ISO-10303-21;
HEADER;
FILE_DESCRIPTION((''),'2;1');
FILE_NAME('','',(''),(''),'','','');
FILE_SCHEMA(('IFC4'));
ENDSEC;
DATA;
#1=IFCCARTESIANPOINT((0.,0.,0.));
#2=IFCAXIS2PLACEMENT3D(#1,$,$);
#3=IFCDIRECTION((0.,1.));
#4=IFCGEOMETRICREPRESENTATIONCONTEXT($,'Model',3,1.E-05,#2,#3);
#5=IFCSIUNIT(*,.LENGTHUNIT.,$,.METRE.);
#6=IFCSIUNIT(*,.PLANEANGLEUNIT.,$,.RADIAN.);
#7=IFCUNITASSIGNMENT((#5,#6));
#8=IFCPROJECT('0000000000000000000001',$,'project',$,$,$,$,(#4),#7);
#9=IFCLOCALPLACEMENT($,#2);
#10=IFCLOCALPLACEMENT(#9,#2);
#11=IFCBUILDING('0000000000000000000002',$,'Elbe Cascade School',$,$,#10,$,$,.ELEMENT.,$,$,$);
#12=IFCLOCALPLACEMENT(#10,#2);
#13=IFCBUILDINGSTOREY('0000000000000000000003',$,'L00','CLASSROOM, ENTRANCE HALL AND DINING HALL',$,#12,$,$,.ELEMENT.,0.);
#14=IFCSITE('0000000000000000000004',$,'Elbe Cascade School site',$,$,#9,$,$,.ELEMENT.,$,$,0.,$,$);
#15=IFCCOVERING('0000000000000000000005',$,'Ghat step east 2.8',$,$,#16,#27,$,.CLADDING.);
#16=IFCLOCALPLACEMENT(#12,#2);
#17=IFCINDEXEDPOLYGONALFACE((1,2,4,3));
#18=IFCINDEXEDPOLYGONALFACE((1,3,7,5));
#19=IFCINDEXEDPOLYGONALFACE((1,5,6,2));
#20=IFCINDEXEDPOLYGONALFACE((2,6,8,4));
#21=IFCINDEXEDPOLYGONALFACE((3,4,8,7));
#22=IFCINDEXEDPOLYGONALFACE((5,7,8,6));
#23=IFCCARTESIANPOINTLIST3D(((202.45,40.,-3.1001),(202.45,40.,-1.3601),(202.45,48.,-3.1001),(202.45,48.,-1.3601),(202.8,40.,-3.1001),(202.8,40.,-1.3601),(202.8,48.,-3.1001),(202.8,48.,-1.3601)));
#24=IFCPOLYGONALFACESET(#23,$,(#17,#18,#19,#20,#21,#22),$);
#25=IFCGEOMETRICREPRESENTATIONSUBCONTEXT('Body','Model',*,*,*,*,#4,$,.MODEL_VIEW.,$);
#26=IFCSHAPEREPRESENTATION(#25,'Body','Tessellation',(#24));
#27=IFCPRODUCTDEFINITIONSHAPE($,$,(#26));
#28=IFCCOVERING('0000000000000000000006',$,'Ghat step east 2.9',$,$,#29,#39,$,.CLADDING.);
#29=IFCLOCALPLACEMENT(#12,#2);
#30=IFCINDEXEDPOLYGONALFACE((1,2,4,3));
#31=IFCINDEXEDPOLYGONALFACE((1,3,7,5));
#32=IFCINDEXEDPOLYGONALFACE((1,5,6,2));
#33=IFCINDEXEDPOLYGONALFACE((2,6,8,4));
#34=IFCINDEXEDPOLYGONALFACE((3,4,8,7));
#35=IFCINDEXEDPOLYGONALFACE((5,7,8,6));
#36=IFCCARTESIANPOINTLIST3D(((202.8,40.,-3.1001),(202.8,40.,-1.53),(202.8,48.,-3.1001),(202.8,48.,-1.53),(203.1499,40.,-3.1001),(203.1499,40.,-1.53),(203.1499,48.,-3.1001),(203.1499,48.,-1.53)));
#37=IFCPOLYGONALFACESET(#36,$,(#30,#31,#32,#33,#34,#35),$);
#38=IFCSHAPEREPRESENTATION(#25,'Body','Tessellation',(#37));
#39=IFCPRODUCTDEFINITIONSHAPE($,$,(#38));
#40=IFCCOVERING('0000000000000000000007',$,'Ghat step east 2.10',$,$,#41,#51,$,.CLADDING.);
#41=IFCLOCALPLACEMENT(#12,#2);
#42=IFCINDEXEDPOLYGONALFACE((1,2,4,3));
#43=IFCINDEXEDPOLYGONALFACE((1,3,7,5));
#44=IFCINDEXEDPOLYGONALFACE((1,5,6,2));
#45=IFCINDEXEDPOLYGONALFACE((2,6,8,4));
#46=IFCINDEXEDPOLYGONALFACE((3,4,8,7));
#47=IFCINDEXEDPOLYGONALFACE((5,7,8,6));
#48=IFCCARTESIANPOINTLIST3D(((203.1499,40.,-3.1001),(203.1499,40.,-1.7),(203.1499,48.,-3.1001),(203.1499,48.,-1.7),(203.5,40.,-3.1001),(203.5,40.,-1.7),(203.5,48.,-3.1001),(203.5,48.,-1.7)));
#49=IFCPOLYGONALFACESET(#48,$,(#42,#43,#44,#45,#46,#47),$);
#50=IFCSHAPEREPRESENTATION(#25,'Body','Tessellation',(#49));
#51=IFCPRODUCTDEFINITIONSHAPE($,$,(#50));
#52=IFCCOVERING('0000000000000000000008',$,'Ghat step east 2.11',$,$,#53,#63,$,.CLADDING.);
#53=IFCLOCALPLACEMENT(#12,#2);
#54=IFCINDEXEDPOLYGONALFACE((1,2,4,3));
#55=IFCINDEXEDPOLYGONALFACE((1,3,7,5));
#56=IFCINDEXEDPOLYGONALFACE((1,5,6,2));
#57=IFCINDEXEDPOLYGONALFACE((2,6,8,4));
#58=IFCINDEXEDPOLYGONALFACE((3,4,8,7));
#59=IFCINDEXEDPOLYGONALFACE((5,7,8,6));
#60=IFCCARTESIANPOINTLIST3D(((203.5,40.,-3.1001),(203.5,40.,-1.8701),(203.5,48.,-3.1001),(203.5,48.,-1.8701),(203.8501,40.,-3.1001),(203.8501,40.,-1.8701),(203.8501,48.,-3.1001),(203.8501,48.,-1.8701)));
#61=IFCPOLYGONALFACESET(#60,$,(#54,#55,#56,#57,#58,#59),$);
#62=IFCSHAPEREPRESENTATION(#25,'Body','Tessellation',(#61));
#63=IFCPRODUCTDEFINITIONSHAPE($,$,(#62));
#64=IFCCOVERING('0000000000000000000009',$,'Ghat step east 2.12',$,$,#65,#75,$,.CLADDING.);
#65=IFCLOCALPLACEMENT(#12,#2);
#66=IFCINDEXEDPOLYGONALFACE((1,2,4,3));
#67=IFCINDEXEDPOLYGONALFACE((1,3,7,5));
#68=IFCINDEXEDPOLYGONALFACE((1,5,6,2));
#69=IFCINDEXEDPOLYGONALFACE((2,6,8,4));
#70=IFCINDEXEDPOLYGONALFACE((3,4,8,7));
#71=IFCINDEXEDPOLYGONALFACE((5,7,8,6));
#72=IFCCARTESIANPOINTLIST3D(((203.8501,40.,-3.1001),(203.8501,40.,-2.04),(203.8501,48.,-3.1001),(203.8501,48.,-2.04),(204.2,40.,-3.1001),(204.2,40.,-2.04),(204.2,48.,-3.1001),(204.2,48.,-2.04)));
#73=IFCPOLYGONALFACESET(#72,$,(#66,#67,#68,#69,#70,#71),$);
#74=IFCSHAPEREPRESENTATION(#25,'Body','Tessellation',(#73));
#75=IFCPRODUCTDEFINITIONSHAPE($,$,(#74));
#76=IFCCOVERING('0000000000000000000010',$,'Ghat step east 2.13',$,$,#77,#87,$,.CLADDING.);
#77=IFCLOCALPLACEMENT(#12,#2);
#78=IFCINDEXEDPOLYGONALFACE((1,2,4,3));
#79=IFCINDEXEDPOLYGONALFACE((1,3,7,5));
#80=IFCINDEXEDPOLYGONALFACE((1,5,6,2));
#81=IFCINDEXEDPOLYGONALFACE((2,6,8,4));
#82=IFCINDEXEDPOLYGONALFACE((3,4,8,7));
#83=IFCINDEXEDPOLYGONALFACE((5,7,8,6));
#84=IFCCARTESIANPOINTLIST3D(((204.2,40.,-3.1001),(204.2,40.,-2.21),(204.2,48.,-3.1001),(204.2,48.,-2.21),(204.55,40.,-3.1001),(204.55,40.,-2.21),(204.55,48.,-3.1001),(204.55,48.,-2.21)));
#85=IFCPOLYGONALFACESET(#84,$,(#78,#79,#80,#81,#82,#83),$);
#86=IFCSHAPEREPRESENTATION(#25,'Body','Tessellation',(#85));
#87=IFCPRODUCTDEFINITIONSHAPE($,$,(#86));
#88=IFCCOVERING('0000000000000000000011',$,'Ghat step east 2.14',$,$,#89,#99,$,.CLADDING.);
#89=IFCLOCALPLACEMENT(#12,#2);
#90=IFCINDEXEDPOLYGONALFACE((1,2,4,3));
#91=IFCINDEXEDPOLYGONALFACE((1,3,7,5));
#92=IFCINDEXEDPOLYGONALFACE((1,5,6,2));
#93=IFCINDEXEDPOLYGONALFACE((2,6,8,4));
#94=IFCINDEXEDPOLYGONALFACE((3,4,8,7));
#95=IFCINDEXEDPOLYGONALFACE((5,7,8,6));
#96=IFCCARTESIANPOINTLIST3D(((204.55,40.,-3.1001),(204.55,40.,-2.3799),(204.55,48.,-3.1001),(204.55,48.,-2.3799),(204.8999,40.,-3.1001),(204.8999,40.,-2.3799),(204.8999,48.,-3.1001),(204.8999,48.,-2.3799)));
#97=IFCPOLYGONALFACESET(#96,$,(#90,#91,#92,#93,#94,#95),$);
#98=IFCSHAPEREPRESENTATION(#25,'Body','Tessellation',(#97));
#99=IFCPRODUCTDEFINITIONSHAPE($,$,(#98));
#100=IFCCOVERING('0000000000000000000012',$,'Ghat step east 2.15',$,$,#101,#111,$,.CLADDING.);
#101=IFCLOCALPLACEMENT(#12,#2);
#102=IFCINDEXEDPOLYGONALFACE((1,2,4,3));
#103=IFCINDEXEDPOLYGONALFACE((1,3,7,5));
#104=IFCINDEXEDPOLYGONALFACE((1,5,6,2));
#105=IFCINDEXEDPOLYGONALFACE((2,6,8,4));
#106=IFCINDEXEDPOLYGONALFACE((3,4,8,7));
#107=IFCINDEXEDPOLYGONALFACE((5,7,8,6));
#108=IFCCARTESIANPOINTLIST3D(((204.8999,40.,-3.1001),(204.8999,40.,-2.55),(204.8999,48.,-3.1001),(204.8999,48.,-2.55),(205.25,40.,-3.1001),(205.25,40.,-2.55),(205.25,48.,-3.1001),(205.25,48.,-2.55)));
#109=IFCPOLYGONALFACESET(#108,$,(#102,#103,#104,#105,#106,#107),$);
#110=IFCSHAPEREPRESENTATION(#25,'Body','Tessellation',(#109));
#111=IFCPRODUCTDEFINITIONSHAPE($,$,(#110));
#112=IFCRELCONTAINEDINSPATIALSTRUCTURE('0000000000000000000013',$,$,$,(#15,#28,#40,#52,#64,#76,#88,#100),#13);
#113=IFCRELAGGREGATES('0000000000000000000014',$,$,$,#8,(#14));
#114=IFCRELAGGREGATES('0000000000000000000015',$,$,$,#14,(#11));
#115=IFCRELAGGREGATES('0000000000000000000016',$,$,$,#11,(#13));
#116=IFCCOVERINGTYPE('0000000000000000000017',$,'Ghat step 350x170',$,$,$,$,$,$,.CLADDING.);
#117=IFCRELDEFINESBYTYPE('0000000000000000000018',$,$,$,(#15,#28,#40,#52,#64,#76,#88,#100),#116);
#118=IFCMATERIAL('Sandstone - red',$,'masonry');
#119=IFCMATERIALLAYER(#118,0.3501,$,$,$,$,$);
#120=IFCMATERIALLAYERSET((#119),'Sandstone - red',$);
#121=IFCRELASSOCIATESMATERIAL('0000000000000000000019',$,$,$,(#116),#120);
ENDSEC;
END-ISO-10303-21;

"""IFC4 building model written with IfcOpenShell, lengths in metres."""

from ifc_helpers import new_model, si_unit, direction, frame, origin, place, context, subcontext, project, spatial, polyline, outline, extrude, material, layer, layer_set, type_object, element, save


model = new_model("IFC4")

# Units and contexts
model_context = context("Model", 3, precision=1e-05, world=origin(), true_north=direction((0.0, 1.0)))
body_context = subcontext(model_context, "Body", "Model", "MODEL_VIEW")
ifc_project = project(units=[si_unit("LENGTHUNIT", "METRE"), si_unit("PLANEANGLEUNIT", "RADIAN")], contexts=[model_context])

# Site, building, storey
site_placement = place(None, origin())
site = spatial("IfcSite", under=ifc_project, at=site_placement, Name="Elbe Cascade School site", CompositionType="ELEMENT", RefElevation=0.0)
building_placement = place(site_placement, origin())
building = spatial("IfcBuilding", under=site, at=building_placement, Name="Elbe Cascade School", CompositionType="ELEMENT")
storey_placement = place(building_placement, origin())
storey = spatial("IfcBuildingStorey", under=building, at=storey_placement, Name="L00", Description="CLASSROOM, ENTRANCE HALL AND DINING HALL", CompositionType="ELEMENT", Elevation=0.0)

# Coverings
ifc_material = material(Name="Sandstone - red", Category="masonry")
ifc_layer = layer(ifc_material, 0.3501)
ifc_layer_set = layer_set([ifc_layer], Name="Sandstone - red")
covering_type = type_object("IfcCoveringType", Name="Ghat step 350x170", PredefinedType="CLADDING", material=ifc_layer_set)
covering_1_placement = place(storey_placement, frame((0.0, 0.0, -3.1001)))
element("IfcCovering", 1, at=covering_1_placement, inside=storey, type_object=covering_type, Name="Ghat step east 2.8", PredefinedType="CLADDING", context=body_context, shape_type="SweptSolid", body=[
    extrude(outline(polyline([(202.45, 40.0), (202.8, 40.0), (202.8, 48.0), (202.45, 48.0), (202.45, 40.0)])), origin(), (0.0, 0.0, 1.0), 1.74),
])
covering_2_placement = place(storey_placement, frame((0.0, 0.0, -3.1001)))
element("IfcCovering", 2, at=covering_2_placement, inside=storey, type_object=covering_type, Name="Ghat step east 2.9", PredefinedType="CLADDING", context=body_context, shape_type="SweptSolid", body=[
    extrude(outline(polyline([(202.8, 40.0), (203.1499, 40.0), (203.1499, 48.0), (202.8, 48.0), (202.8, 40.0)])), origin(), (0.0, 0.0, 1.0), 1.5701),
])
covering_3_placement = place(storey_placement, frame((0.0, 0.0, -3.1001)))
element("IfcCovering", 3, at=covering_3_placement, inside=storey, type_object=covering_type, Name="Ghat step east 2.10", PredefinedType="CLADDING", context=body_context, shape_type="SweptSolid", body=[
    extrude(outline(polyline([(203.1499, 40.0), (203.5, 40.0), (203.5, 48.0), (203.1499, 48.0), (203.1499, 40.0)])), origin(), (0.0, 0.0, 1.0), 1.4001),
])
covering_4_placement = place(storey_placement, frame((0.0, 0.0, -3.1001)))
element("IfcCovering", 4, at=covering_4_placement, inside=storey, type_object=covering_type, Name="Ghat step east 2.11", PredefinedType="CLADDING", context=body_context, shape_type="SweptSolid", body=[
    extrude(outline(polyline([(203.5, 40.0), (203.8501, 40.0), (203.8501, 48.0), (203.5, 48.0), (203.5, 40.0)])), origin(), (0.0, 0.0, 1.0), 1.23),
])
covering_5_placement = place(storey_placement, frame((0.0, 0.0, -3.1001)))
element("IfcCovering", 5, at=covering_5_placement, inside=storey, type_object=covering_type, Name="Ghat step east 2.12", PredefinedType="CLADDING", context=body_context, shape_type="SweptSolid", body=[
    extrude(outline(polyline([(203.8501, 40.0), (204.2, 40.0), (204.2, 48.0), (203.8501, 48.0), (203.8501, 40.0)])), origin(), (0.0, 0.0, 1.0), 1.0601),
])
covering_6_placement = place(storey_placement, frame((0.0, 0.0, -3.1001)))
element("IfcCovering", 6, at=covering_6_placement, inside=storey, type_object=covering_type, Name="Ghat step east 2.13", PredefinedType="CLADDING", context=body_context, shape_type="SweptSolid", body=[
    extrude(outline(polyline([(204.2, 40.0), (204.55, 40.0), (204.55, 48.0), (204.2, 48.0), (204.2, 40.0)])), origin(), (0.0, 0.0, 1.0), 0.8901),
])
covering_7_placement = place(storey_placement, frame((0.0, 0.0, -3.1001)))
element("IfcCovering", 7, at=covering_7_placement, inside=storey, type_object=covering_type, Name="Ghat step east 2.14", PredefinedType="CLADDING", context=body_context, shape_type="SweptSolid", body=[
    extrude(outline(polyline([(204.55, 40.0), (204.8999, 40.0), (204.8999, 48.0), (204.55, 48.0), (204.55, 40.0)])), origin(), (0.0, 0.0, 1.0), 0.7202),
])
covering_8_placement = place(storey_placement, frame((0.0, 0.0, -3.1001)))
element("IfcCovering", 8, at=covering_8_placement, inside=storey, type_object=covering_type, Name="Ghat step east 2.15", PredefinedType="CLADDING", context=body_context, shape_type="SweptSolid", body=[
    extrude(outline(polyline([(204.8999, 40.0), (205.25, 40.0), (205.25, 48.0), (204.8999, 48.0), (204.8999, 40.0)])), origin(), (0.0, 0.0, 1.0), 0.55),
])

save(model, "model.ifc")
